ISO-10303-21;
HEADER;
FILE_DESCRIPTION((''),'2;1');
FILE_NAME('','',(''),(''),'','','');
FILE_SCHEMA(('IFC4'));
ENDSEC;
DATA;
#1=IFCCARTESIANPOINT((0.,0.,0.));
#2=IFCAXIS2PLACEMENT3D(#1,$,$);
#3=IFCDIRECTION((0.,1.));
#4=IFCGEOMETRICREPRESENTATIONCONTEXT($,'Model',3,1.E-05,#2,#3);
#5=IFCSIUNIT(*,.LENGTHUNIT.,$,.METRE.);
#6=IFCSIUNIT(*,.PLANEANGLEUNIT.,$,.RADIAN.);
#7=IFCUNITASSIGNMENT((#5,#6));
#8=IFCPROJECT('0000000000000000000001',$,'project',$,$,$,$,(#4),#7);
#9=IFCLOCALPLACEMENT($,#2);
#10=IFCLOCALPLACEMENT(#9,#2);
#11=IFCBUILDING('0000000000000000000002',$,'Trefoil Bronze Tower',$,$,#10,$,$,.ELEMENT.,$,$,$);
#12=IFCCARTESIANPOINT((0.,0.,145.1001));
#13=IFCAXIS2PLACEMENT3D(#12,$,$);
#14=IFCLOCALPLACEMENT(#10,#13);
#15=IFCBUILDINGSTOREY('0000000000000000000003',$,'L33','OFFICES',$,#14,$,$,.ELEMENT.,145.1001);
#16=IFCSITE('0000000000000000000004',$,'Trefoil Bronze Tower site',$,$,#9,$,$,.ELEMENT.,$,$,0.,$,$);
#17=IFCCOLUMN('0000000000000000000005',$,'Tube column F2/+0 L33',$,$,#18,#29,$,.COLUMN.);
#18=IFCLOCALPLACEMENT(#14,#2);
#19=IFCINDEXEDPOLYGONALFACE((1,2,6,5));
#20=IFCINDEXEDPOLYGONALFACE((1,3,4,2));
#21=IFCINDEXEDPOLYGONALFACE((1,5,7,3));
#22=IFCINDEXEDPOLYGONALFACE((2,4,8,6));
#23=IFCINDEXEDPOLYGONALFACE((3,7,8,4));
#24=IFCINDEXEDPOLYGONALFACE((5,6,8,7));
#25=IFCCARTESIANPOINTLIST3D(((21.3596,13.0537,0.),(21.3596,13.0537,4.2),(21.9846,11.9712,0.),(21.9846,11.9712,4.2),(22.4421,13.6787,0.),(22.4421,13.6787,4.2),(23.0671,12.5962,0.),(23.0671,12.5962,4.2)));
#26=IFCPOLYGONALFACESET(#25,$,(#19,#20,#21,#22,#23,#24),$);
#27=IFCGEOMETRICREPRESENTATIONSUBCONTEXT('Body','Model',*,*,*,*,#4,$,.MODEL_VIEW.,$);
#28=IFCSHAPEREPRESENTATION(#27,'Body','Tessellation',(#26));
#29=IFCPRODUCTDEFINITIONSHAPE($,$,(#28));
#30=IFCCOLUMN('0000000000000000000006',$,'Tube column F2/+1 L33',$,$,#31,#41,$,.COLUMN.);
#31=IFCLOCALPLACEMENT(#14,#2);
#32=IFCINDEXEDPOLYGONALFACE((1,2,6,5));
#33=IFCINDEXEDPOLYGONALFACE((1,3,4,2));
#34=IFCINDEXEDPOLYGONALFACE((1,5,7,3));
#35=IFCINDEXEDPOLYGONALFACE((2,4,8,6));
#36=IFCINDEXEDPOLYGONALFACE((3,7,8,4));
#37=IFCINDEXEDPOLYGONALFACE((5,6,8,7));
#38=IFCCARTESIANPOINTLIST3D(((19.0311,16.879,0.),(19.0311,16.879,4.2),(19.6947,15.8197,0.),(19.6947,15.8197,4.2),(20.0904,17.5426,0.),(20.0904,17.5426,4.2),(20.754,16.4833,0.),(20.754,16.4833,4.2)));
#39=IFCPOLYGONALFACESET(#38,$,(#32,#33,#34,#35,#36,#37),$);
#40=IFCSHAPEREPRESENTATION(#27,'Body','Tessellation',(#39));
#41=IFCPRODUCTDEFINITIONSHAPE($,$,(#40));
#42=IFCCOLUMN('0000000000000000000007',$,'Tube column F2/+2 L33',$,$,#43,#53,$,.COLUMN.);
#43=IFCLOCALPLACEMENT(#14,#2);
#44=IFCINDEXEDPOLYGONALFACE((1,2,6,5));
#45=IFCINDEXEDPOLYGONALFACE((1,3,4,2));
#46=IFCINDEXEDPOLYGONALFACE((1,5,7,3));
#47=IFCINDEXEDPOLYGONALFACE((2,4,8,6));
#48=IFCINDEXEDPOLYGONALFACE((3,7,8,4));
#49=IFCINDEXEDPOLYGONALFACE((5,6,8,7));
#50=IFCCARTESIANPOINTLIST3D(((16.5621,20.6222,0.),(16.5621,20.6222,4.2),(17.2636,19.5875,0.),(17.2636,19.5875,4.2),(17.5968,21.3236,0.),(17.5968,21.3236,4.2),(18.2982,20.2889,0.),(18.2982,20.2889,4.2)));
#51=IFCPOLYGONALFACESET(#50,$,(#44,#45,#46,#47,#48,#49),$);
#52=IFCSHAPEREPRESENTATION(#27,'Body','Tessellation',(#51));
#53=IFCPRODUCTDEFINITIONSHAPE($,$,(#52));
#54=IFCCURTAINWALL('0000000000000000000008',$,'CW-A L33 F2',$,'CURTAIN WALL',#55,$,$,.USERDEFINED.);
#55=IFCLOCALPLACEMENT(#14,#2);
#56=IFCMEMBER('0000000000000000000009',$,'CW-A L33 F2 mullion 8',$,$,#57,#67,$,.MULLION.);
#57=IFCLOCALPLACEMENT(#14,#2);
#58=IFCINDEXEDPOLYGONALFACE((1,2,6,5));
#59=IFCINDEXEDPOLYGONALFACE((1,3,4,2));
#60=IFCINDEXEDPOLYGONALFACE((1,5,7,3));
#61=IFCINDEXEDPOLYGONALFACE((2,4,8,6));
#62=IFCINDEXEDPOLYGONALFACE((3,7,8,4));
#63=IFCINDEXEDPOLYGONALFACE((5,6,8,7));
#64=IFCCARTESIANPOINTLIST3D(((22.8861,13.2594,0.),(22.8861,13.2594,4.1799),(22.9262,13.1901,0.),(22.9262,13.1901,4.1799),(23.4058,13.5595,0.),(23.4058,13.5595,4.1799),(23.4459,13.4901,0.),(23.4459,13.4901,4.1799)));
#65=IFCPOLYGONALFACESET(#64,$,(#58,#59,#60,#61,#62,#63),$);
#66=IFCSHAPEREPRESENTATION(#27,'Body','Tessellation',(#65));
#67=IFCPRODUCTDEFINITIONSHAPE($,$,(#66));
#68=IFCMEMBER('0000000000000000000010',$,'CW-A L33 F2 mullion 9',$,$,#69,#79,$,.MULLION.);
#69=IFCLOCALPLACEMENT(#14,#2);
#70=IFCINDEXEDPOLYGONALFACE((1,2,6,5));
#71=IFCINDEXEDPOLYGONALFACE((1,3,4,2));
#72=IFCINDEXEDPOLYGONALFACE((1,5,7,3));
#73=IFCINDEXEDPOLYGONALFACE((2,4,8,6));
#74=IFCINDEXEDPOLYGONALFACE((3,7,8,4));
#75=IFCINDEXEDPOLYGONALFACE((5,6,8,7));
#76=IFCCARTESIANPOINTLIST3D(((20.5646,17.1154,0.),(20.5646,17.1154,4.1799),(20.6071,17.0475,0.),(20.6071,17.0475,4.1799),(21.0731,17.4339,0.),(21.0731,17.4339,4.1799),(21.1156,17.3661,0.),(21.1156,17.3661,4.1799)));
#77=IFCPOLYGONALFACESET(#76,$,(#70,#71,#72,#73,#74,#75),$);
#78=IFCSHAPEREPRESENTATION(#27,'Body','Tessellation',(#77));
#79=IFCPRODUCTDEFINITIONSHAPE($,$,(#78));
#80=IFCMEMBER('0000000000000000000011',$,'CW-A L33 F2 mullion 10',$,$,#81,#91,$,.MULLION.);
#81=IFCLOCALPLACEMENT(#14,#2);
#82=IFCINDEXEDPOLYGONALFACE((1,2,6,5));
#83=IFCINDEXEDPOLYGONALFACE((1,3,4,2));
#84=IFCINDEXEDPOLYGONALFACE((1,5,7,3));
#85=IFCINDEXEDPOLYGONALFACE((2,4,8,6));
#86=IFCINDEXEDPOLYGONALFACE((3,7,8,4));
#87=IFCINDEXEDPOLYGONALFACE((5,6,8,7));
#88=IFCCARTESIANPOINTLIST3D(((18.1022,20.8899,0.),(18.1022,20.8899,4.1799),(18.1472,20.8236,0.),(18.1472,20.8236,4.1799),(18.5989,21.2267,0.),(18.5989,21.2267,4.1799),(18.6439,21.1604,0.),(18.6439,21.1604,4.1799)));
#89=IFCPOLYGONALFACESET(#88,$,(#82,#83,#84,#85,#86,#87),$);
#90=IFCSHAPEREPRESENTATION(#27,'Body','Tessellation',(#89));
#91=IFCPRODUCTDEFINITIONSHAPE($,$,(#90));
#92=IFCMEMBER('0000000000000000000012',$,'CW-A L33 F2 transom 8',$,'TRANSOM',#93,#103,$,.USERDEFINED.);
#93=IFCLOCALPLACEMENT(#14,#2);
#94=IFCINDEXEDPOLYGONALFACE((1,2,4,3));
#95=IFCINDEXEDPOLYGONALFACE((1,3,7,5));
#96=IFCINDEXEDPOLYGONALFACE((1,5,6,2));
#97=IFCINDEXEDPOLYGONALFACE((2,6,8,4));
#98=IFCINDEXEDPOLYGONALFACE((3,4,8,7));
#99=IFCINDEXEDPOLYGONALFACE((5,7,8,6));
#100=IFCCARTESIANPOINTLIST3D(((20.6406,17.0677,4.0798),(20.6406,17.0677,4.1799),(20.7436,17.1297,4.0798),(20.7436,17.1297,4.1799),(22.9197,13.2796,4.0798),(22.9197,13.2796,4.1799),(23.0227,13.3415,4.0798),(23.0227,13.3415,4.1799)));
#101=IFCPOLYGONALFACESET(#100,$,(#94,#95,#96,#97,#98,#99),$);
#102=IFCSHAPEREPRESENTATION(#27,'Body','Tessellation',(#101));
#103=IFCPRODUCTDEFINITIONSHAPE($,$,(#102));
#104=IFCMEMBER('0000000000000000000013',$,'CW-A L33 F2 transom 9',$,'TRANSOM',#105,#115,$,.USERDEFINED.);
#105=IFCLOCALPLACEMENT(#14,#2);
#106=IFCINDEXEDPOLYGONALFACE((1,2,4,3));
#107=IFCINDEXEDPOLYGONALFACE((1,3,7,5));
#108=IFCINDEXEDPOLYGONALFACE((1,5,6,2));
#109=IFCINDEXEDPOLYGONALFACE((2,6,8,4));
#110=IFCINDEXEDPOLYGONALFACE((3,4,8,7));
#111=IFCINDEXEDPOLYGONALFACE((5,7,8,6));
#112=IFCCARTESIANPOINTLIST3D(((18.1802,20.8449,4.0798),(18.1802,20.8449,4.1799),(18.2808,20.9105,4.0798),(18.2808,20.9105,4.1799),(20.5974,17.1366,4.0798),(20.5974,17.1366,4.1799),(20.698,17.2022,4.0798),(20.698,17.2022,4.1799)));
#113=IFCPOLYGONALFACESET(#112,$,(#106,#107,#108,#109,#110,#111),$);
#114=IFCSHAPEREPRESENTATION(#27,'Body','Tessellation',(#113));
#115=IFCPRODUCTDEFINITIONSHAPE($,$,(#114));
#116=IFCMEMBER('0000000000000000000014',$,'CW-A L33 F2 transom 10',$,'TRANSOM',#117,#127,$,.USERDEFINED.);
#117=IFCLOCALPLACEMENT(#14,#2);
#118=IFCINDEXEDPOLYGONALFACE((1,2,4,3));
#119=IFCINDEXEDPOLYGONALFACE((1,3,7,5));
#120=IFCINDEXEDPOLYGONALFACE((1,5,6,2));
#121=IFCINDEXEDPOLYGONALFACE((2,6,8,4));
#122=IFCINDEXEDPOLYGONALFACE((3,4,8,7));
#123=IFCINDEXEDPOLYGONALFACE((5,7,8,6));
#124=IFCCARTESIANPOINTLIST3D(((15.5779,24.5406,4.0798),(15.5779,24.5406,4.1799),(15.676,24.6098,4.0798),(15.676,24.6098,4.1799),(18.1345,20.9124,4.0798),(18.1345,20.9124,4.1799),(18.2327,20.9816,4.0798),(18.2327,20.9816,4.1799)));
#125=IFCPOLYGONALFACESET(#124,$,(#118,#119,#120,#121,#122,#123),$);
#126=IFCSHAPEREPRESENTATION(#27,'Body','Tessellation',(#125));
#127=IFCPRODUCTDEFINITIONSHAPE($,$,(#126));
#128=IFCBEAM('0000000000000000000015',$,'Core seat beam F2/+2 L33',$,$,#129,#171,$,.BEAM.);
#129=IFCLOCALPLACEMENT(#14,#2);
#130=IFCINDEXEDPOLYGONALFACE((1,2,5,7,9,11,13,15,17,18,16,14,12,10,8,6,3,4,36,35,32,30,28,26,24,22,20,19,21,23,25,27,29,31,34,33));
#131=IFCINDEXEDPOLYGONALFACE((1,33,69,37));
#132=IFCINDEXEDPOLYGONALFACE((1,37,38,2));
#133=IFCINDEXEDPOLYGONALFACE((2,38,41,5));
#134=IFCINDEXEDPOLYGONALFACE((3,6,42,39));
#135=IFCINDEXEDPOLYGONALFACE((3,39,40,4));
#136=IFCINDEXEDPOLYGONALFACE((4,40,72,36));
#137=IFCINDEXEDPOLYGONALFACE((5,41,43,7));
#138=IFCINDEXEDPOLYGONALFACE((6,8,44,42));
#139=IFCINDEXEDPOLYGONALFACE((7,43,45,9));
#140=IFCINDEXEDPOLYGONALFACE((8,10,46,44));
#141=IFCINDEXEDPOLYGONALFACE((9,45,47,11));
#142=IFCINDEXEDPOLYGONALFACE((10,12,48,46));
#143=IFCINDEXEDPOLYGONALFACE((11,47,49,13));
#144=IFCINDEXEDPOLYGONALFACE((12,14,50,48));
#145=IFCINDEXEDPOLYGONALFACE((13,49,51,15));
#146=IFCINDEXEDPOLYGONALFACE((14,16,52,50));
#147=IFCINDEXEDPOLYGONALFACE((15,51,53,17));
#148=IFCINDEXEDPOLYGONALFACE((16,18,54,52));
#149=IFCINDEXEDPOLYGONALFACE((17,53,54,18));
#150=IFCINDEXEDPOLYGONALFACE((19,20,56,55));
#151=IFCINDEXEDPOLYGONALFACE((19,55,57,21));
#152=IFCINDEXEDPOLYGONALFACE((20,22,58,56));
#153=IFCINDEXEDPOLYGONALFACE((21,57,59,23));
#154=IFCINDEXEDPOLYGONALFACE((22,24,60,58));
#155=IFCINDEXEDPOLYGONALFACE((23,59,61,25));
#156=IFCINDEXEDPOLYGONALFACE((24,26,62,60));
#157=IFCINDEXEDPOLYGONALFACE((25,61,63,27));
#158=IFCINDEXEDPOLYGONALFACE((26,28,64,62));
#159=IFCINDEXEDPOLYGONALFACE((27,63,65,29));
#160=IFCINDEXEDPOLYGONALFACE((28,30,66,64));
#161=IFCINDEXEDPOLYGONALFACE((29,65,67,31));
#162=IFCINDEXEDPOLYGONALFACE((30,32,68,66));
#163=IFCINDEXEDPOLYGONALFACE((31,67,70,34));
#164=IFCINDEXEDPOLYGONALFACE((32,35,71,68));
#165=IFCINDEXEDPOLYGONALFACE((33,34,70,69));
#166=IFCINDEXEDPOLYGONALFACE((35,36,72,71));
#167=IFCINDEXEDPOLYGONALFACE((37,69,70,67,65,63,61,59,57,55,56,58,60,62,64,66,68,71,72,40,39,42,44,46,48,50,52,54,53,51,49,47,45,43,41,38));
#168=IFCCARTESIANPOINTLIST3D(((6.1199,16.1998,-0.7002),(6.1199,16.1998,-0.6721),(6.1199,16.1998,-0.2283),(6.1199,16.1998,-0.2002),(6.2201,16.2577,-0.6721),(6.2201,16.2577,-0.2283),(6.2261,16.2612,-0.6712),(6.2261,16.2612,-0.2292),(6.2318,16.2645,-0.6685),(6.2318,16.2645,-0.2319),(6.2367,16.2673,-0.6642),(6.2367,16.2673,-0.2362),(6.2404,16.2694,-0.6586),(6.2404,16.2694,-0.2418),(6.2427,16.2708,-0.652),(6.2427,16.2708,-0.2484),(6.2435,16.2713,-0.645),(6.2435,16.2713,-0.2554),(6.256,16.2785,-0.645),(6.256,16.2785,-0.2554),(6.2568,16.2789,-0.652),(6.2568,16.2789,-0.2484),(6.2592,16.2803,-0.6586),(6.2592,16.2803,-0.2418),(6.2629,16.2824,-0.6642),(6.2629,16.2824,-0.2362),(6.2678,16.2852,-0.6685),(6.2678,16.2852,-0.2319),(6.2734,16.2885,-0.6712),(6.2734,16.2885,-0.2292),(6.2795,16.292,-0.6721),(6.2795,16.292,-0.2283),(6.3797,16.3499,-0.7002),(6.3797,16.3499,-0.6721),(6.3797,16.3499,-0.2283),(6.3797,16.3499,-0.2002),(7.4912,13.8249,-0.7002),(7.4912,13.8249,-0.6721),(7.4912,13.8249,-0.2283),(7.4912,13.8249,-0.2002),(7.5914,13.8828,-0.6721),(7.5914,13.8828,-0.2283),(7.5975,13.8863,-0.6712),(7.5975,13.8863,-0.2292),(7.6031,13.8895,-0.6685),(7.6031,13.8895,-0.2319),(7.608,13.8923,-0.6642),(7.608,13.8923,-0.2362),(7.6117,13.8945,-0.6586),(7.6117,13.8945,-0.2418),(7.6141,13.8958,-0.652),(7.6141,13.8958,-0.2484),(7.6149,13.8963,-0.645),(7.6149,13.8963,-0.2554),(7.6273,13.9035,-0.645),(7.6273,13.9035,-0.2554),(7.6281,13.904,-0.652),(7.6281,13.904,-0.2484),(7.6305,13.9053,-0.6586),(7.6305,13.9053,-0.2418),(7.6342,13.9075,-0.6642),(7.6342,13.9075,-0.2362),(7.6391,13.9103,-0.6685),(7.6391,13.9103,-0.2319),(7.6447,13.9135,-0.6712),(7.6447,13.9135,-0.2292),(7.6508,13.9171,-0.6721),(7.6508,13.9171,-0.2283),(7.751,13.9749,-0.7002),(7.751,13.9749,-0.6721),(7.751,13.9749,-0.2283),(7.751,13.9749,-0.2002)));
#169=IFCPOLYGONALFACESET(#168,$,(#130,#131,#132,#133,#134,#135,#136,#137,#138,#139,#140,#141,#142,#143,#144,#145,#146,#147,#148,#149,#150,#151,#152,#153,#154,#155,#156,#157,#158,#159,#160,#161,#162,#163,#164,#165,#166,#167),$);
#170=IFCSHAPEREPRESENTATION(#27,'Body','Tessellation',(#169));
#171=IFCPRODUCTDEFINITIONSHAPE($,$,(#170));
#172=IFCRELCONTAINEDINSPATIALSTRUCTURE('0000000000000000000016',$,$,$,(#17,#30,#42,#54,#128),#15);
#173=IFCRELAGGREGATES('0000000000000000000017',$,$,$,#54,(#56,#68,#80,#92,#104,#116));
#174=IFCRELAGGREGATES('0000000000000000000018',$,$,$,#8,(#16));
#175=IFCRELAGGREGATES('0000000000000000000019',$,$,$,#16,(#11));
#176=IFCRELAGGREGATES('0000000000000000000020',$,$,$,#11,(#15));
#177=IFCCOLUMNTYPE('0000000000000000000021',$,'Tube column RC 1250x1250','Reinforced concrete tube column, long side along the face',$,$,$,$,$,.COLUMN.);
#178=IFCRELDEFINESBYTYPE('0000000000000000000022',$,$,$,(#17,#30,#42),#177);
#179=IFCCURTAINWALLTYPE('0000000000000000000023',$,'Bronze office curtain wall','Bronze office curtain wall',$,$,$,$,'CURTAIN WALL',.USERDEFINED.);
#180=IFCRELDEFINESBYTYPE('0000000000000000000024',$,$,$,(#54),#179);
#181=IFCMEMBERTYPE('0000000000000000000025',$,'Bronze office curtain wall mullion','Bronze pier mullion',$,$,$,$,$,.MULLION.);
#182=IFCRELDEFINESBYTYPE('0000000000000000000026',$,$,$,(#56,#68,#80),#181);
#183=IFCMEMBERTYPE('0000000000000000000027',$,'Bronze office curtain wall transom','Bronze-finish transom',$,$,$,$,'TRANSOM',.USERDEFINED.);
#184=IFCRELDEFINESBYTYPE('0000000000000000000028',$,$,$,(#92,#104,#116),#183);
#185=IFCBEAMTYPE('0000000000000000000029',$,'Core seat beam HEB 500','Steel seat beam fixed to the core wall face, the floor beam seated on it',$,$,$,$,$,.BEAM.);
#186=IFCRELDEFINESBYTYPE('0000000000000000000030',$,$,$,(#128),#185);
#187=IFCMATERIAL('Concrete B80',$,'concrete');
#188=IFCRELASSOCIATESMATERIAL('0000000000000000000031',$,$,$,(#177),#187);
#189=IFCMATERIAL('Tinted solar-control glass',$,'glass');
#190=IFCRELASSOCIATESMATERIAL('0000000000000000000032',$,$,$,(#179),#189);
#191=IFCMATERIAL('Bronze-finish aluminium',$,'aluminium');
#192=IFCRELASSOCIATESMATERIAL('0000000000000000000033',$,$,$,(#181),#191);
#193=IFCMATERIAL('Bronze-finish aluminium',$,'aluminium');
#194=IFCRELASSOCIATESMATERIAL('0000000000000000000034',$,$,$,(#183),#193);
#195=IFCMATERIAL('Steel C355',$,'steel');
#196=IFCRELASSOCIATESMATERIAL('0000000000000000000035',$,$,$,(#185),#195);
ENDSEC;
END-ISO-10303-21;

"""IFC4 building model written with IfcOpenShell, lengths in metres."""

from ifc_helpers import new_model, si_unit, direction, frame, origin, origin_2d, place, context, subcontext, project, spatial, rectangle, i_section, extrude, material, material_profile, profile_set, type_object, element, aggregate, save


model = new_model("IFC4")

# Units and contexts
model_context = context("Model", 3, precision=1e-05, world=origin(), true_north=direction((0.0, 1.0)))
body_context = subcontext(model_context, "Body", "Model", "MODEL_VIEW")
ifc_project = project(units=[si_unit("LENGTHUNIT", "METRE"), si_unit("PLANEANGLEUNIT", "RADIAN")], contexts=[model_context])

# Site, building, storey
site_placement = place(None, origin())
site = spatial("IfcSite", under=ifc_project, at=site_placement, Name="Trefoil Bronze Tower site", CompositionType="ELEMENT", RefElevation=0.0)
building_placement = place(site_placement, origin())
building = spatial("IfcBuilding", under=site, at=building_placement, Name="Trefoil Bronze Tower", CompositionType="ELEMENT")
storey_placement = place(building_placement, frame((0.0, 0.0, 145.1001)))
storey = spatial("IfcBuildingStorey", under=building, at=storey_placement, Name="L33", Description="OFFICES", CompositionType="ELEMENT", Elevation=145.1001)

# Columns
ifc_material_1 = material(Name="Concrete B80", Category="concrete")
ifc_material_profile_1 = material_profile(ifc_material_1, rectangle(XDim=1.25, YDim=1.25, at=origin_2d()), Name="RC 1250x1250")
ifc_profile_set_1 = profile_set([ifc_material_profile_1], Name="Concrete B80")
column_type = type_object("IfcColumnType", Name="Tube column RC 1250x1250", Description="Reinforced concrete tube column, long side along the face", PredefinedType="COLUMN", material=ifc_profile_set_1)
for number, where, z_axis, x_axis, name in (
    (1, (22.2134, 12.825, 0.0), (0.0, 0.0, 1.0), (-0.5, 0.866025, 0.0), "Tube column F2/+0 L33"),
    (2, (19.8926, 16.6812, 0.0), (0.0, 0.0, 1.0), (-0.530893, 0.847439, 0.0), "Tube column F2/+1 L33"),
    (3, (17.4302, 20.4556, 0.0), (0.0, 0.0, 1.0), (-0.561136, 0.827724, 0.0), "Tube column F2/+2 L33"),
):
    element("IfcColumn", number, at=place(storey_placement, frame(where, z_axis=z_axis, x_axis=x_axis)), inside=storey, type_object=column_type, Name=name, PredefinedType="COLUMN", context=body_context, shape_type="SweptSolid", body=[
        extrude(rectangle(XDim=1.25, YDim=1.25, at=origin_2d()), origin(), (0.0, 0.0, 1.0), 4.2),
    ])

# Curtain wall, members
ifc_material_2 = material(Name="Tinted solar-control glass", Category="glass")
curtain_wall_type = type_object("IfcCurtainWallType", Name="Bronze office curtain wall", Description="Bronze office curtain wall", ElementType="CURTAIN WALL", PredefinedType="USERDEFINED", material=ifc_material_2)
curtain_wall_placement = place(storey_placement, origin())
curtain_wall = element("IfcCurtainWall", 4, at=curtain_wall_placement, inside=storey, type_object=curtain_wall_type, Name="CW-A L33 F2", ObjectType="CURTAIN WALL", PredefinedType="USERDEFINED")
ifc_material_3 = material(Name="Bronze-finish aluminium", Category="aluminium")
ifc_material_profile_2 = material_profile(ifc_material_3, rectangle(XDim=0.6001, YDim=0.0801, at=origin_2d()), Name="CW-A mullion")
ifc_profile_set_2 = profile_set([ifc_material_profile_2], Name="Bronze-finish aluminium")
member_type_1 = type_object("IfcMemberType", Name="Bronze office curtain wall mullion", Description="Bronze pier mullion", PredefinedType="MULLION", material=ifc_profile_set_2)
member_1_placement = place(storey_placement, frame((23.166, 13.3748, 0.0), z_axis=(0.0, 0.0, 1.0), x_axis=(-0.866025, -0.5, 0.0)))
member_1 = element("IfcMember", 5, at=member_1_placement, type_object=member_type_1, Name="CW-A L33 F2 mullion 8", PredefinedType="MULLION", context=body_context, shape_type="SweptSolid", body=[
    extrude(rectangle(XDim=0.6001, YDim=0.0801, at=origin_2d()), origin(), (0.0, 0.0, 1.0), 4.1799),
])
member_2_placement = place(storey_placement, frame((20.8401, 17.2407, 0.0), z_axis=(0.0, 0.0, 1.0), x_axis=(-0.847439, -0.530893, 0.0)))
member_2 = element("IfcMember", 6, at=member_2_placement, type_object=member_type_1, Name="CW-A L33 F2 mullion 9", PredefinedType="MULLION", context=body_context, shape_type="SweptSolid", body=[
    extrude(rectangle(XDim=0.6001, YDim=0.0801, at=origin_2d()), origin(), (0.0, 0.0, 1.0), 4.1799),
])
member_3_placement = place(storey_placement, frame((18.373, 21.0251, 0.0), z_axis=(0.0, 0.0, 1.0), x_axis=(-0.827724, -0.561136, 0.0)))
member_3 = element("IfcMember", 7, at=member_3_placement, type_object=member_type_1, Name="CW-A L33 F2 mullion 10", PredefinedType="MULLION", context=body_context, shape_type="SweptSolid", body=[
    extrude(rectangle(XDim=0.6001, YDim=0.0801, at=origin_2d()), origin(), (0.0, 0.0, 1.0), 4.1799),
])
ifc_material_4 = material(Name="Bronze-finish aluminium", Category="aluminium")
ifc_material_profile_3 = material_profile(ifc_material_4, rectangle(XDim=0.1201, YDim=0.1001, at=origin_2d()), Name="CW-A transom")
ifc_profile_set_3 = profile_set([ifc_material_profile_3], Name="Bronze-finish aluminium")
member_type_2 = type_object("IfcMemberType", Name="Bronze office curtain wall transom", Description="Bronze-finish transom", ElementType="TRANSOM", PredefinedType="USERDEFINED", material=ifc_profile_set_3)
member_4_placement = place(storey_placement, frame((22.9712, 13.3105, 4.1299), z_axis=(-0.515527, 0.856873, 0.0), x_axis=(-0.856873, -0.515527, 0.0)))
member_4 = element("IfcMember", 8, at=member_4_placement, type_object=member_type_2, Name="CW-A L33 F2 transom 8", ObjectType="TRANSOM", PredefinedType="USERDEFINED", context=body_context, shape_type="SweptSolid", body=[
    extrude(rectangle(XDim=0.1201, YDim=0.1001, at=origin_2d()), origin(), (0.0, 0.0, 1.0), 4.4209),
])
member_5_placement = place(storey_placement, frame((20.6477, 17.1694, 4.1299), z_axis=(-0.546079, 0.837733, 0.0), x_axis=(-0.837733, -0.546079, 0.0)))
member_5 = element("IfcMember", 9, at=member_5_placement, type_object=member_type_2, Name="CW-A L33 F2 transom 9", ObjectType="TRANSOM", PredefinedType="USERDEFINED", context=body_context, shape_type="SweptSolid", body=[
    extrude(rectangle(XDim=0.1201, YDim=0.1001, at=origin_2d()), origin(), (0.0, 0.0, 1.0), 4.4265),
])
member_6_placement = place(storey_placement, frame((18.1836, 20.947, 4.1299), z_axis=(-0.576018, 0.817437, 0.0), x_axis=(-0.817437, -0.576018, 0.0)))
member_6 = element("IfcMember", 10, at=member_6_placement, type_object=member_type_2, Name="CW-A L33 F2 transom 10", ObjectType="TRANSOM", PredefinedType="USERDEFINED", context=body_context, shape_type="SweptSolid", body=[
    extrude(rectangle(XDim=0.1201, YDim=0.1001, at=origin_2d()), origin(), (0.0, 0.0, 1.0), 4.4385),
])

# Beam
ifc_material_5 = material(Name="Steel C355", Category="steel")
ifc_material_profile_4 = material_profile(ifc_material_5, i_section(OverallWidth=0.3, OverallDepth=0.5, WebThickness=0.0144, FlangeThickness=0.0281, FilletRadius=0.0271, at=origin_2d()), Name="HEB 500")
ifc_profile_set_4 = profile_set([ifc_material_profile_4], Name="Steel C355")
beam_type_1 = type_object("IfcBeamType", Name="Core seat beam HEB 500", Description="Steel seat beam fixed to the core wall face, the floor beam seated on it", PredefinedType="BEAM", material=ifc_profile_set_4)
beam_1_placement = place(storey_placement, frame((7.6211, 13.8999, -0.4502), z_axis=(-0.500036, 0.866005, 0.0), x_axis=(-0.866005, -0.500036, 0.0)))
element("IfcBeam", 11, at=beam_1_placement, inside=storey, type_object=beam_type_1, Name="Core seat beam F2/+2 L33", PredefinedType="BEAM", context=body_context, shape_type="SweptSolid", body=[
    extrude(i_section(OverallWidth=0.3, OverallDepth=0.5, WebThickness=0.0144, FlangeThickness=0.0281, FilletRadius=0.0271, at=origin_2d()), origin(), (0.0, 0.0, 1.0), 2.7424),
])

aggregate(curtain_wall, [member_1, member_2, member_3, member_4, member_5, member_6])

save(model, "model.ifc")
